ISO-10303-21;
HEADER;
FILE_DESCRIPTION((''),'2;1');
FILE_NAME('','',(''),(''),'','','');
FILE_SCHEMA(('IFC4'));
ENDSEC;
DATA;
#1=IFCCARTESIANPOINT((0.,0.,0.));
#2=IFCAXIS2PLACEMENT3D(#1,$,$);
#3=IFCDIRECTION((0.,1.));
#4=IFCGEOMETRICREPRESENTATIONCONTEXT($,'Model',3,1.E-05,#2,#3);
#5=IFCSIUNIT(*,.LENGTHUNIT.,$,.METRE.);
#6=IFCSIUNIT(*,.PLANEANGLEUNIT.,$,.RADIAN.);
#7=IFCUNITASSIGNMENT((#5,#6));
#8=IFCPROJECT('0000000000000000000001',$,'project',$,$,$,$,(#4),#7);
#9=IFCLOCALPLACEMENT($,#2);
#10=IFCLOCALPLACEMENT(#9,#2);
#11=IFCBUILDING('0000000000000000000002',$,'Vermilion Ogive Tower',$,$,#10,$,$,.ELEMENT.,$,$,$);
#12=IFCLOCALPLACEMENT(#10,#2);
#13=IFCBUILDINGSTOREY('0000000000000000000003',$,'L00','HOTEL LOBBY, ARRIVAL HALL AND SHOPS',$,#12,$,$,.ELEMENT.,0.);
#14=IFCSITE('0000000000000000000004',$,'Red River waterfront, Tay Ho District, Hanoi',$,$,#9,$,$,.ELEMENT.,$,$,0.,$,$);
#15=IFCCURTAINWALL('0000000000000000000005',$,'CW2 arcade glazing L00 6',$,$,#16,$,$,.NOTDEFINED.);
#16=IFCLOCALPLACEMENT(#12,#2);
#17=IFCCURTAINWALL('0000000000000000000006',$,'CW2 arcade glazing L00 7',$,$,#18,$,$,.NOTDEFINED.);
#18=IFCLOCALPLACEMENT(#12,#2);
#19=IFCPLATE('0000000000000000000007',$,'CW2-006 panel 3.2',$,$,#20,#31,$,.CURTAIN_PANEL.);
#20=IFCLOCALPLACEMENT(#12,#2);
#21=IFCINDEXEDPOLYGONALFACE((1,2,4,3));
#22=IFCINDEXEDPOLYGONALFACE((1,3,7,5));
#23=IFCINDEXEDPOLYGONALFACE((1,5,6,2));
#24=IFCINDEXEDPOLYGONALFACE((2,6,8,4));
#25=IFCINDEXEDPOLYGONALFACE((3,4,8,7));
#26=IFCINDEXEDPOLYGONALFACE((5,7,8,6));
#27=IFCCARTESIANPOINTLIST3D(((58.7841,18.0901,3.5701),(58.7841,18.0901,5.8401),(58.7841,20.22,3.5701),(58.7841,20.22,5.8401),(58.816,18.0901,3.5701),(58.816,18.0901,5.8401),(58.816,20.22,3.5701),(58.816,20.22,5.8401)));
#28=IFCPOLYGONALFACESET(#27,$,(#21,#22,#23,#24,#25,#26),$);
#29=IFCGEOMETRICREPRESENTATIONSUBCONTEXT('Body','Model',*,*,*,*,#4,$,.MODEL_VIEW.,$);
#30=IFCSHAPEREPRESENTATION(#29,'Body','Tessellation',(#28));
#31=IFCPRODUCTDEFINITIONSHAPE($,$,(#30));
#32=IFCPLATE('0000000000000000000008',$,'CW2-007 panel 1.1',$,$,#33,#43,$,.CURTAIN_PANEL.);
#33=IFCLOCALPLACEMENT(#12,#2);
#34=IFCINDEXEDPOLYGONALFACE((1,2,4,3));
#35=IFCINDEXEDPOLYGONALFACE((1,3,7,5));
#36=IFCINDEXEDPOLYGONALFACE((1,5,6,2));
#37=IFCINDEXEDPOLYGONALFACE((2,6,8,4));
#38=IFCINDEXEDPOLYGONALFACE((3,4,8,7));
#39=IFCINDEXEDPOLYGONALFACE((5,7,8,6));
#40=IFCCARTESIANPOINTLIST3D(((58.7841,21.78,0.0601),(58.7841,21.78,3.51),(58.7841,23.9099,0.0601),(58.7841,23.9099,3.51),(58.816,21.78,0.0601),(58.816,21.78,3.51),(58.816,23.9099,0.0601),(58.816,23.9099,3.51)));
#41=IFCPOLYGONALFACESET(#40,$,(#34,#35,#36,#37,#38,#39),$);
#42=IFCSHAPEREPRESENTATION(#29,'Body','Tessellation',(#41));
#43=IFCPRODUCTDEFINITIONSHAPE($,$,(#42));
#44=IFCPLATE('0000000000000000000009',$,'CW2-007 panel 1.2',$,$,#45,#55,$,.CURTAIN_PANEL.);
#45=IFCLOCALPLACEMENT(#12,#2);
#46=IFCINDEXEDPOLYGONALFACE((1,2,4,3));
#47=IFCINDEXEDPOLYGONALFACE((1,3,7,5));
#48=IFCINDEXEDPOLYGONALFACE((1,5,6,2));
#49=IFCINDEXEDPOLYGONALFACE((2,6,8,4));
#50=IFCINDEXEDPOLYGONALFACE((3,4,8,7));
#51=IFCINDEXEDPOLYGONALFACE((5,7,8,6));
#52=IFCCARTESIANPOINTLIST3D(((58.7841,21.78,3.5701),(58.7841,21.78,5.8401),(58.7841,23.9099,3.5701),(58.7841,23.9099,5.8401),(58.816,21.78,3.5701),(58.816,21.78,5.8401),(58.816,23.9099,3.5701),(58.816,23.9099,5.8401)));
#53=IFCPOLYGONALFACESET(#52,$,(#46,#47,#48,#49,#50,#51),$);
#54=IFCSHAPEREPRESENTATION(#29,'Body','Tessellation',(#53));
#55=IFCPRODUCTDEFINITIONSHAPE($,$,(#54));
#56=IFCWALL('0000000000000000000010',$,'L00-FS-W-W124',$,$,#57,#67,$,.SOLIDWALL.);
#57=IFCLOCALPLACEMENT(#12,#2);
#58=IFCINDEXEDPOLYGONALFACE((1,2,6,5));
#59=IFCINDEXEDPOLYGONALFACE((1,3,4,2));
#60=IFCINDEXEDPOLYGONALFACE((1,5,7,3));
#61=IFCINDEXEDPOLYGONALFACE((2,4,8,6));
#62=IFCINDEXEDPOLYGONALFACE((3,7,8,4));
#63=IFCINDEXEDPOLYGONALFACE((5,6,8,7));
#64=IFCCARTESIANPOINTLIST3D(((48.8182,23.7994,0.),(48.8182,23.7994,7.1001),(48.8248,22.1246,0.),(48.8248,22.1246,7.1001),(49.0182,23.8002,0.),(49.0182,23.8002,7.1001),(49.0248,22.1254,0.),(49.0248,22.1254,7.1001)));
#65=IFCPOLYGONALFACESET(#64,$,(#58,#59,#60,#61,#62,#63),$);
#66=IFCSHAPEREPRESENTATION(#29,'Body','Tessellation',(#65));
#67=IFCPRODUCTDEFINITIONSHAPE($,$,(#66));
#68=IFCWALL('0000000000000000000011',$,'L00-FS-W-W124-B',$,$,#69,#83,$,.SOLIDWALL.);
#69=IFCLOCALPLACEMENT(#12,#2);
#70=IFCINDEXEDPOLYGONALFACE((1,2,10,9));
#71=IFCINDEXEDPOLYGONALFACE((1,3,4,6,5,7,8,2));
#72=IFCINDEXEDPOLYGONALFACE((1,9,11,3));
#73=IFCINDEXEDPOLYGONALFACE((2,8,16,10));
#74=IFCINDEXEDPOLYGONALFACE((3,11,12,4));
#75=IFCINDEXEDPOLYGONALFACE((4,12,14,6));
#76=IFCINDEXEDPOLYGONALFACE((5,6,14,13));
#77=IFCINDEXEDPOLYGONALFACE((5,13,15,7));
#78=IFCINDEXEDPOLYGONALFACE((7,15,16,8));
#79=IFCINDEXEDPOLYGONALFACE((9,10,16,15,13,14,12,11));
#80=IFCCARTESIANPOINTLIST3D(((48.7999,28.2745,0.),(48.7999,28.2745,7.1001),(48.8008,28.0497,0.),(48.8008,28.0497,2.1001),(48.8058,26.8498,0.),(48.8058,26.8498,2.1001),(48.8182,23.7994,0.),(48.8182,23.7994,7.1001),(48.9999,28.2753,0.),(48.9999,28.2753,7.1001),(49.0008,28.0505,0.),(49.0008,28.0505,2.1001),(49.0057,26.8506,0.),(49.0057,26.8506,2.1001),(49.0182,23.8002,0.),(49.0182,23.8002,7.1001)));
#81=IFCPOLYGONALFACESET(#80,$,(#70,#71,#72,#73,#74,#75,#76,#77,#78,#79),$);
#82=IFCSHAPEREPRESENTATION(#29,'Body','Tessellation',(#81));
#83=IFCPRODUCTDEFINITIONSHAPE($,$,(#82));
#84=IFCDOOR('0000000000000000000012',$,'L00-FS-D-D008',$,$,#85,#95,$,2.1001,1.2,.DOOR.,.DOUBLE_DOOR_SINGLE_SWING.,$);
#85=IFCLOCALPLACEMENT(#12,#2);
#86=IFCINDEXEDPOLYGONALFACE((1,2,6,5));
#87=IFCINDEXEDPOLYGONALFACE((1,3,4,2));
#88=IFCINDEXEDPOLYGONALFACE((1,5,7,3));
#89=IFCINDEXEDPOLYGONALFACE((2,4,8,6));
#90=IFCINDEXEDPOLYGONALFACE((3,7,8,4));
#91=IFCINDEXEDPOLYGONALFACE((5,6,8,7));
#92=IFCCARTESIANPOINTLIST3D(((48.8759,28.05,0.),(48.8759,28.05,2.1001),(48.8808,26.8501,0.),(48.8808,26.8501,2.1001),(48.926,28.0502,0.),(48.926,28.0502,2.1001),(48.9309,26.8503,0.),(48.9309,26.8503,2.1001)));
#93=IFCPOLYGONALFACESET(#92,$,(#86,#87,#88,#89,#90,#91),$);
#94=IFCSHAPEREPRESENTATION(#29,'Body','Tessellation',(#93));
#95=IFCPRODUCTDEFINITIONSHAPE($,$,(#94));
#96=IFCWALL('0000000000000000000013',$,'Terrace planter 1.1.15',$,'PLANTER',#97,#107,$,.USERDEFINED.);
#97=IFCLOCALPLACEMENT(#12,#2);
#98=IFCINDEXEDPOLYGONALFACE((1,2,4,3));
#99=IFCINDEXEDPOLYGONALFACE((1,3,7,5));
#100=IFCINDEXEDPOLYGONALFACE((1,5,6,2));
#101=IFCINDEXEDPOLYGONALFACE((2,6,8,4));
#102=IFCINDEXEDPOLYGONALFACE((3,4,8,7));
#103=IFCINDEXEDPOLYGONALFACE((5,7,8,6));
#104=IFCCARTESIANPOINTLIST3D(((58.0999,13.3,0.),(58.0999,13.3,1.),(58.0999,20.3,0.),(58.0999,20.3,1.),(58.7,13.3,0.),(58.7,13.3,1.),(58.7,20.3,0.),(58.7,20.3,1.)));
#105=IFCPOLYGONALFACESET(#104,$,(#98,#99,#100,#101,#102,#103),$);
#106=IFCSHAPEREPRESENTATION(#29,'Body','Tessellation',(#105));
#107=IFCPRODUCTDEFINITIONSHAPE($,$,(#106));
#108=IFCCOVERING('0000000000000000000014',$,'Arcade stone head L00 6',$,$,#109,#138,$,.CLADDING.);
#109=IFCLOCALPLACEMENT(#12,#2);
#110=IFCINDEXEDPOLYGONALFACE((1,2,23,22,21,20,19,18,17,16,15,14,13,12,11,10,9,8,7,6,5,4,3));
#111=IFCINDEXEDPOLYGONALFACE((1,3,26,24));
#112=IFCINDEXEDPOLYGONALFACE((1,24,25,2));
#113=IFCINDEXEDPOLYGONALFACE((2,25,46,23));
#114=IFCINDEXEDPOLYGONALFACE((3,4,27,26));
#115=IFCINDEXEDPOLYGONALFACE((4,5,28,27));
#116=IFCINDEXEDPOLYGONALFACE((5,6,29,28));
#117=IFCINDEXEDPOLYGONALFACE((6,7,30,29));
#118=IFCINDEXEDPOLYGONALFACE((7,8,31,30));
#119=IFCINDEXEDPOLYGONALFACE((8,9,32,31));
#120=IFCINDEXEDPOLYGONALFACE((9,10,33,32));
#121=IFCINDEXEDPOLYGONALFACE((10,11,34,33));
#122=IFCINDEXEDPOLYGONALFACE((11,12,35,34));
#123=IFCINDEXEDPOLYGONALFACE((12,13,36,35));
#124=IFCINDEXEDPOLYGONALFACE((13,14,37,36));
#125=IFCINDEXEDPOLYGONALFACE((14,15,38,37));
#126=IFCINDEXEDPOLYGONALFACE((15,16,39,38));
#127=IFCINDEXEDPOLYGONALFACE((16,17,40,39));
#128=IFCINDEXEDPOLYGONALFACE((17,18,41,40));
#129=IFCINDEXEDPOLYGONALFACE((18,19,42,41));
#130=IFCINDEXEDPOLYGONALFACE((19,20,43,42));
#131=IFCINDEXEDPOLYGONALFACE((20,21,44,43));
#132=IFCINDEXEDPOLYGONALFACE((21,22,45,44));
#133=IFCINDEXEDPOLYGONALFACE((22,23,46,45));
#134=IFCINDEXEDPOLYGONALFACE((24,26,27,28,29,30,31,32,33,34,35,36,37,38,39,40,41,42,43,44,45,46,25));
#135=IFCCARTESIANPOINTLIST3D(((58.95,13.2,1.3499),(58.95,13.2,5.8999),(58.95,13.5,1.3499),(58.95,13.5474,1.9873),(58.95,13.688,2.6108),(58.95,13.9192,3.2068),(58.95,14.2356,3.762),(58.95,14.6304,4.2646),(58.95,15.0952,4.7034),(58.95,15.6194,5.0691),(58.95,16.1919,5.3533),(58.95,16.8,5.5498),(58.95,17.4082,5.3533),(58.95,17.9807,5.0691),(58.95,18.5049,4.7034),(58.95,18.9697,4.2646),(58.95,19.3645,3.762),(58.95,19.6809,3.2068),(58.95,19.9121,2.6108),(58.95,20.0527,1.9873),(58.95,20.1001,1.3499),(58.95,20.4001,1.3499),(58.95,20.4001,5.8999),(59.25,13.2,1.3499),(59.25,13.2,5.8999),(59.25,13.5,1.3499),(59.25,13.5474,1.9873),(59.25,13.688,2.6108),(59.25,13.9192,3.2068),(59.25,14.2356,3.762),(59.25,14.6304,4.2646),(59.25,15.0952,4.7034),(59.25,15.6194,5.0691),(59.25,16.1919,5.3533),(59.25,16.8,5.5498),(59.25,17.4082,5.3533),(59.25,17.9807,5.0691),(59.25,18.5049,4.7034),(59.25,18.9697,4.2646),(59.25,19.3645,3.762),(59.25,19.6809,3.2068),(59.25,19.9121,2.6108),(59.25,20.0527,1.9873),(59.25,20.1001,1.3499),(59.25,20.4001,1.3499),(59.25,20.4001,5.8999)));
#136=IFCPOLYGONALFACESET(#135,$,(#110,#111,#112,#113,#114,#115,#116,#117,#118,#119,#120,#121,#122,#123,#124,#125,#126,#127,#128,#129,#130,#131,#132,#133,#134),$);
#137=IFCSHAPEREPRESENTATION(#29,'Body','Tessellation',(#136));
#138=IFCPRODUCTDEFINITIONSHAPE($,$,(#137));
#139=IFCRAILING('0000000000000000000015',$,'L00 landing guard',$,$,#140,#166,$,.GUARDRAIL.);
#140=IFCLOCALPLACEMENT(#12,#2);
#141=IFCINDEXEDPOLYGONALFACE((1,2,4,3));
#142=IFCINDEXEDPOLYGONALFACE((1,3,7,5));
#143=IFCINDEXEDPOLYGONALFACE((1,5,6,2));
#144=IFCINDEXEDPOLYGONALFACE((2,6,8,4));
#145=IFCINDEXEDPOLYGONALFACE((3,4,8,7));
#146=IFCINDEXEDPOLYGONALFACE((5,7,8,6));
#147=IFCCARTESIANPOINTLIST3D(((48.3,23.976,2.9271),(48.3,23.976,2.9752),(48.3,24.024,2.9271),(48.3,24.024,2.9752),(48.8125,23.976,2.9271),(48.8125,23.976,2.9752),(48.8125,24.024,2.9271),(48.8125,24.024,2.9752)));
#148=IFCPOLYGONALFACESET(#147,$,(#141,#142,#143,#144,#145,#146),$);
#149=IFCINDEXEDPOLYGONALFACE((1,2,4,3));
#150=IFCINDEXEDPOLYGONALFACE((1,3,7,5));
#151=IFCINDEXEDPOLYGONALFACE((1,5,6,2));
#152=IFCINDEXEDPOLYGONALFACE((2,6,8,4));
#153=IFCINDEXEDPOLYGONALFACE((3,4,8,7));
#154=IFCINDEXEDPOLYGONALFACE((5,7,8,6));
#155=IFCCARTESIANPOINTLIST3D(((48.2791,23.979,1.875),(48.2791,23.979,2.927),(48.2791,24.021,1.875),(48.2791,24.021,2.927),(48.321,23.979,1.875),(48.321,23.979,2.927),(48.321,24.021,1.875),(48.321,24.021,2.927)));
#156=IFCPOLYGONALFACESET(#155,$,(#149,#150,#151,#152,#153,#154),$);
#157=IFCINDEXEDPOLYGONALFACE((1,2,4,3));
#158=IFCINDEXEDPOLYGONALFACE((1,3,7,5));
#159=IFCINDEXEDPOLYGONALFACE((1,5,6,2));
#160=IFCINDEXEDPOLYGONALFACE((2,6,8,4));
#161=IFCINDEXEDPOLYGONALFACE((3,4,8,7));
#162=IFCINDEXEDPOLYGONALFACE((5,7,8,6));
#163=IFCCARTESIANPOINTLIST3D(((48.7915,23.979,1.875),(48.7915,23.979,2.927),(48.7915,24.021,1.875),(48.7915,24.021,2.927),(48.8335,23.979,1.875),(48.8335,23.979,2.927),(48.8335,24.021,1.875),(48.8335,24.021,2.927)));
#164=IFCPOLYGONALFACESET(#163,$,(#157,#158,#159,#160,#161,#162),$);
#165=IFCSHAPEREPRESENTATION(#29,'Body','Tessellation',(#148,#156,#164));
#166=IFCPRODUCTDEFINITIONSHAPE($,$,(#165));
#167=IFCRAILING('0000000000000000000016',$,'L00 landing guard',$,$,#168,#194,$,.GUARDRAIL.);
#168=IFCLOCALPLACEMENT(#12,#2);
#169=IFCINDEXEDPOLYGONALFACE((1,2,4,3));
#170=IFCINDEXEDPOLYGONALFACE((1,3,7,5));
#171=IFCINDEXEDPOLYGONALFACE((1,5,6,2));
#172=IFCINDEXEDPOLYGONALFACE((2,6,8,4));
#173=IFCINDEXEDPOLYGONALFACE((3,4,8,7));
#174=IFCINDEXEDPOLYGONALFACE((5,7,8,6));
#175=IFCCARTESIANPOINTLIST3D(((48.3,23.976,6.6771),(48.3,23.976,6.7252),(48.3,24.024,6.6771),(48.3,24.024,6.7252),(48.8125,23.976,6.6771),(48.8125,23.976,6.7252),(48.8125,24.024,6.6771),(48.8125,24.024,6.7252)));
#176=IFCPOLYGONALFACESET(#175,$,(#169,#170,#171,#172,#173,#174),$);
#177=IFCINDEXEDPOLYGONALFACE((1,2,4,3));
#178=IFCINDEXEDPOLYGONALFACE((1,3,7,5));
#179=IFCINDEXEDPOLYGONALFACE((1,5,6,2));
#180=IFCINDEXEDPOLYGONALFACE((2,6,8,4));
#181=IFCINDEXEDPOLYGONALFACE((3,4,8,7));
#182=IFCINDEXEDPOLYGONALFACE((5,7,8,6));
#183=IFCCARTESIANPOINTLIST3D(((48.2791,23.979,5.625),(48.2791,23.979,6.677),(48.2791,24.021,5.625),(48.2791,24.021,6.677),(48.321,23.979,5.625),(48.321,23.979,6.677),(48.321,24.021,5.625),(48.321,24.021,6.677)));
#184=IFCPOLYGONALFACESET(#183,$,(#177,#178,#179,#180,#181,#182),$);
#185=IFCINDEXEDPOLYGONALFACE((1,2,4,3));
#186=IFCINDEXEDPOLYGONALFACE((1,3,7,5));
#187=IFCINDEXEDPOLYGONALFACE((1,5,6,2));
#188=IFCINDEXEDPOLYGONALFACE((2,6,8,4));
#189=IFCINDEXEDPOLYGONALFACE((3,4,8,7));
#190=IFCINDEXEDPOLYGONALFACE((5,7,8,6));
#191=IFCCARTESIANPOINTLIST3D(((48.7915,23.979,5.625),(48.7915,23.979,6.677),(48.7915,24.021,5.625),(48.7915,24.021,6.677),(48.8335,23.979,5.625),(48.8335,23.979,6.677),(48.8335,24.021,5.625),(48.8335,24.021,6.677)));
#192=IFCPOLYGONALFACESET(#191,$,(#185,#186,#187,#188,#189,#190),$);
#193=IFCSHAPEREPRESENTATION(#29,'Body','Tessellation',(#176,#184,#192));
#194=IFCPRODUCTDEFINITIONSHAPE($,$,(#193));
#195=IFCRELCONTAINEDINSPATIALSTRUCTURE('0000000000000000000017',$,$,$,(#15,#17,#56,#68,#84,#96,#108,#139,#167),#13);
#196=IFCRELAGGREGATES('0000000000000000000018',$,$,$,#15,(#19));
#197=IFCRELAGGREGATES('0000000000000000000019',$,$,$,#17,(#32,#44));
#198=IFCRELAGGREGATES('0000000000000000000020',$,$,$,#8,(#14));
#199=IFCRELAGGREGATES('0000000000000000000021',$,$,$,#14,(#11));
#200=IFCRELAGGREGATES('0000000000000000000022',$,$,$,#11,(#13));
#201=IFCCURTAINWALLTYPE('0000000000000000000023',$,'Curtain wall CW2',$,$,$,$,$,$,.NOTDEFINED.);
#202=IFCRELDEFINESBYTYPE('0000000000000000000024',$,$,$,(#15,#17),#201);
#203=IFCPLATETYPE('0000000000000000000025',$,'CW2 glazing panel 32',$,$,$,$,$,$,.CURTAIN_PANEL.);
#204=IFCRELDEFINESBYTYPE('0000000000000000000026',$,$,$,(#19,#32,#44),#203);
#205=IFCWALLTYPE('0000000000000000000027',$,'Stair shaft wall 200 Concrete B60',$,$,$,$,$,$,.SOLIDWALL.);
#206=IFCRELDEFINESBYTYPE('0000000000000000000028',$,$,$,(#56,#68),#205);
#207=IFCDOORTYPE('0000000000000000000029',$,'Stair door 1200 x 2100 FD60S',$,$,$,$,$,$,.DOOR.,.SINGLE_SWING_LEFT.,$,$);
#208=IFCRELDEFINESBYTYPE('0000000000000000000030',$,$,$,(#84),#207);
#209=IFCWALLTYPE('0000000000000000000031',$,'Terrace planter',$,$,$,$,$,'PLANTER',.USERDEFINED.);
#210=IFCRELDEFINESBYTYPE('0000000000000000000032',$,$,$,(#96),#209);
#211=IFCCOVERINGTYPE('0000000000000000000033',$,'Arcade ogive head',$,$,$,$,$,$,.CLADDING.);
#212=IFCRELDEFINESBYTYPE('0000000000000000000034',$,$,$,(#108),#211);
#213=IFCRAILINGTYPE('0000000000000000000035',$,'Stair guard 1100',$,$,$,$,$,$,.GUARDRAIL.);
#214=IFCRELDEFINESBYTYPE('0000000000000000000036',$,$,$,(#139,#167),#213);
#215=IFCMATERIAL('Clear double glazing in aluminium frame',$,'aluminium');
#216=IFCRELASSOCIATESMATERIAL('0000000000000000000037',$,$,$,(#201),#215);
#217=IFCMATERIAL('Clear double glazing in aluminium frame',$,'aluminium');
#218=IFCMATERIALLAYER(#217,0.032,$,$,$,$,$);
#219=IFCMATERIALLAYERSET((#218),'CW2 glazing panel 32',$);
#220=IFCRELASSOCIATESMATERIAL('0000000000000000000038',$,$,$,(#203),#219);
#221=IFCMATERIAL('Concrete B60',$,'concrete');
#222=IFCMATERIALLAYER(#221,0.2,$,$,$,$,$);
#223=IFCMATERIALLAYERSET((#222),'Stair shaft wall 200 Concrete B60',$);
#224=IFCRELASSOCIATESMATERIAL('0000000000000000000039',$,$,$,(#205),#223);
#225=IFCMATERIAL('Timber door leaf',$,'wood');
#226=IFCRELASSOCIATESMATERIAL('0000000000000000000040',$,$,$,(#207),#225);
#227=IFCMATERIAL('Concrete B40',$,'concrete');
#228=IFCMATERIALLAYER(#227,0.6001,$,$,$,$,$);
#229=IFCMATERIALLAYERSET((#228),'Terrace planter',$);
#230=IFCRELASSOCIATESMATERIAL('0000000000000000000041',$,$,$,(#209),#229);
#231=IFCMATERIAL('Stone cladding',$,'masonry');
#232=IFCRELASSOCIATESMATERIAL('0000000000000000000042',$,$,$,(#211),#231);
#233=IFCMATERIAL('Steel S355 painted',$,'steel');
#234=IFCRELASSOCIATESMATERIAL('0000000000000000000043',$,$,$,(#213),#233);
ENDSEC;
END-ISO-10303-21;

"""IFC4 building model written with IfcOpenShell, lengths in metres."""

from ifc_helpers import new_model, si_unit, direction, frame, frame_2d, origin, origin_2d, place, context, subcontext, project, spatial, polyline, rectangle, outline, extrude, material, layer, layer_set, type_object, element, fill, aggregate, save


model = new_model("IFC4")

# Units and contexts
model_context = context("Model", 3, precision=1e-05, world=origin(), true_north=direction((0.0, 1.0)))
body_context = subcontext(model_context, "Body", "Model", "MODEL_VIEW")
ifc_project = project(units=[si_unit("LENGTHUNIT", "METRE"), si_unit("PLANEANGLEUNIT", "RADIAN")], contexts=[model_context])

# Site, building, storey
site_placement = place(None, origin())
site = spatial("IfcSite", under=ifc_project, at=site_placement, Name="Red River waterfront, Tay Ho District, Hanoi", CompositionType="ELEMENT", RefElevation=0.0)
building_placement = place(site_placement, origin())
building = spatial("IfcBuilding", under=site, at=building_placement, Name="Vermilion Ogive Tower", CompositionType="ELEMENT")
storey_placement = place(building_placement, origin())
storey = spatial("IfcBuildingStorey", under=building, at=storey_placement, Name="L00", Description="HOTEL LOBBY, ARRIVAL HALL AND SHOPS", CompositionType="ELEMENT", Elevation=0.0)

# Curtain walls
ifc_material_1 = material(Name="Clear double glazing in aluminium frame", Category="aluminium")
curtain_wall_type = type_object("IfcCurtainWallType", Name="Curtain wall CW2", PredefinedType="NOTDEFINED", material=ifc_material_1)
curtain_wall_1_placement = place(storey_placement, origin())
curtain_wall_1 = element("IfcCurtainWall", 1, at=curtain_wall_1_placement, inside=storey, type_object=curtain_wall_type, Name="CW2 arcade glazing L00 6", PredefinedType="NOTDEFINED")
curtain_wall_2_placement = place(storey_placement, origin())
curtain_wall_2 = element("IfcCurtainWall", 2, at=curtain_wall_2_placement, inside=storey, type_object=curtain_wall_type, Name="CW2 arcade glazing L00 7", PredefinedType="NOTDEFINED")

# Plates
ifc_material_2 = material(Name="Clear double glazing in aluminium frame", Category="aluminium")
ifc_layer_1 = layer(ifc_material_2, 0.032)
ifc_layer_set_1 = layer_set([ifc_layer_1], Name="CW2 glazing panel 32")
plate_type = type_object("IfcPlateType", Name="CW2 glazing panel 32", PredefinedType="CURTAIN_PANEL", material=ifc_layer_set_1)
plate_1_placement = place(storey_placement, frame((58.8, 19.155, 3.5701), z_axis=(0.0, 0.0, 1.0), x_axis=(0.0, 1.0, 0.0)))
plate_1 = element("IfcPlate", 3, at=plate_1_placement, type_object=plate_type, Name="CW2-006 panel 3.2", PredefinedType="CURTAIN_PANEL", context=body_context, shape_type="SweptSolid", body=[
    extrude(rectangle(XDim=2.1299, YDim=0.032, at=origin_2d()), origin(), (0.0, 0.0, 1.0), 2.27),
])
aggregate(curtain_wall_1, [plate_1])
plate_2_placement = place(storey_placement, frame((58.8, 22.845, 0.0601), z_axis=(0.0, 0.0, 1.0), x_axis=(0.0, 1.0, 0.0)))
plate_2 = element("IfcPlate", 4, at=plate_2_placement, type_object=plate_type, Name="CW2-007 panel 1.1", PredefinedType="CURTAIN_PANEL", context=body_context, shape_type="SweptSolid", body=[
    extrude(rectangle(XDim=2.1299, YDim=0.032, at=origin_2d()), origin(), (0.0, 0.0, 1.0), 3.45),
])
plate_3_placement = place(storey_placement, frame((58.8, 22.845, 3.5701), z_axis=(0.0, 0.0, 1.0), x_axis=(0.0, 1.0, 0.0)))
plate_3 = element("IfcPlate", 5, at=plate_3_placement, type_object=plate_type, Name="CW2-007 panel 1.2", PredefinedType="CURTAIN_PANEL", context=body_context, shape_type="SweptSolid", body=[
    extrude(rectangle(XDim=2.1299, YDim=0.032, at=origin_2d()), origin(), (0.0, 0.0, 1.0), 2.27),
])
aggregate(curtain_wall_2, [plate_2, plate_3])

# Wall
ifc_material_3 = material(Name="Concrete B60", Category="concrete")
ifc_layer_2 = layer(ifc_material_3, 0.2)
ifc_layer_set_2 = layer_set([ifc_layer_2], Name="Stair shaft wall 200 Concrete B60")
wall_type_1 = type_object("IfcWallType", Name="Stair shaft wall 200 Concrete B60", PredefinedType="SOLIDWALL", material=ifc_layer_set_2)
wall_1_placement = place(storey_placement, frame((48.9248, 22.125, 0.0), z_axis=(0.0, 0.0, 1.0), x_axis=(-0.003936, 0.999992, 0.0)))
element("IfcWall", 6, at=wall_1_placement, inside=storey, type_object=wall_type_1, Name="L00-FS-W-W124", PredefinedType="SOLIDWALL", context=body_context, shape_type="SweptSolid", body=[
    extrude(rectangle(XDim=1.6748, YDim=0.2, at=frame_2d((0.8374, 0.0))), origin(), (0.0, 0.0, 1.0), 7.1001),
])

# Wall, opening, door
wall_2_placement = place(storey_placement, frame((48.9182, 23.7998, 0.0), z_axis=(0.0, 0.0, 1.0), x_axis=(-0.004092, 0.999992, 0.0)))
wall_2 = element("IfcWall", 7, at=wall_2_placement, inside=storey, type_object=wall_type_1, Name="L00-FS-W-W124-B", PredefinedType="SOLIDWALL", context=body_context, shape_type="SweptSolid", body=[
    extrude(rectangle(XDim=4.4751, YDim=0.2, at=frame_2d((2.2375, 0.0))), origin(), (0.0, 0.0, 1.0), 7.1001),
])
opening_placement = place(wall_2_placement, frame((3.0503, 0.0, 0.0)))
opening = element("IfcOpeningElement", 8, at=opening_placement, cuts=wall_2, PredefinedType="OPENING", context=body_context, shape_type="SweptSolid", body=[
    extrude(rectangle(XDim=1.2, YDim=2.1001, at=frame_2d((0.6001, 1.05))), frame((0.0, 0.1099, 0.0), z_axis=(0.0, -1.0, 0.0), x_axis=(1.0, 0.0, 0.0)), (0.0, 0.0, 1.0), 0.22),
])
ifc_material_4 = material(Name="Timber door leaf", Category="wood")
door_type = type_object("IfcDoorType", Name="Stair door 1200 x 2100 FD60S", OperationType="SINGLE_SWING_LEFT", PredefinedType="DOOR", material=ifc_material_4)
door_placement = place(opening_placement, origin())
door = element("IfcDoor", 9, at=door_placement, inside=storey, type_object=door_type, Name="L00-FS-D-D008", OperationType="DOUBLE_DOOR_SINGLE_SWING", OverallHeight=2.1001, OverallWidth=1.2, PredefinedType="DOOR", context=body_context, shape_type="SweptSolid", body=[
    extrude(rectangle(XDim=1.2, YDim=2.1001, at=frame_2d((0.6001, 1.05))), frame((0.0, 0.0249, 0.0), z_axis=(0.0, -1.0, 0.0), x_axis=(1.0, 0.0, 0.0)), (0.0, 0.0, 1.0), 0.05),
])
fill(opening, door)

# Wall
ifc_material_5 = material(Name="Concrete B40", Category="concrete")
ifc_layer_3 = layer(ifc_material_5, 0.6001)
ifc_layer_set_3 = layer_set([ifc_layer_3], Name="Terrace planter")
wall_type_2 = type_object("IfcWallType", Name="Terrace planter", ElementType="PLANTER", PredefinedType="USERDEFINED", material=ifc_layer_set_3)
wall_3_placement = place(storey_placement, frame((58.3999, 20.3, 0.0), z_axis=(0.0, 0.0, 1.0), x_axis=(0.0, -1.0, 0.0)))
element("IfcWall", 10, at=wall_3_placement, inside=storey, type_object=wall_type_2, Name="Terrace planter 1.1.15", ObjectType="PLANTER", PredefinedType="USERDEFINED", context=body_context, shape_type="SweptSolid", body=[
    extrude(rectangle(XDim=7.0, YDim=0.6001, at=frame_2d((3.5, 0.0))), origin(), (0.0, 0.0, 1.0), 1.0),
])

# Covering
ifc_material_6 = material(Name="Stone cladding", Category="masonry")
covering_type = type_object("IfcCoveringType", Name="Arcade ogive head", PredefinedType="CLADDING", material=ifc_material_6)
covering_placement = place(storey_placement, frame((58.95, 16.8, 5.8999), z_axis=(1.0, 0.0, 0.0), x_axis=(0.0, 1.0, 0.0)))
element("IfcCovering", 11, at=covering_placement, inside=storey, type_object=covering_type, Name="Arcade stone head L00 6", PredefinedType="CLADDING", context=body_context, shape_type="SweptSolid", body=[
    extrude(outline(polyline([(-3.3, -4.55), (-3.2527, -3.9126), (-3.1121, -3.2891), (-2.8809, -2.6931), (-2.5645, -2.1379), (-2.1697, -1.6353), (-1.7048, -1.1965), (-1.1807, -0.8308), (-0.6082, -0.5466), (0.0, -0.3501), (0.6082, -0.5466), (1.1807, -0.8308), (1.7048, -1.1965), (2.1697, -1.6353), (2.5645, -2.1379), (2.8809, -2.6931), (3.1121, -3.2891), (3.2527, -3.9126), (3.3, -4.55), (3.6001, -4.55), (3.6001, 0.0), (-3.6001, 0.0), (-3.6001, -4.55), (-3.3, -4.55)])), origin(), (0.0, 0.0, 1.0), 0.3),
])

# Railings
ifc_material_7 = material(Name="Steel S355 painted", Category="steel")
railing_type = type_object("IfcRailingType", Name="Stair guard 1100", PredefinedType="GUARDRAIL", material=ifc_material_7)
for number, where, name in (
    (12, (48.3, 24.0, 1.875), "L00 landing guard"),
    (13, (48.3, 24.0, 5.625), "L00 landing guard"),
):
    element("IfcRailing", number, at=place(storey_placement, frame(where)), inside=storey, type_object=railing_type, Name=name, PredefinedType="GUARDRAIL", context=body_context, shape_type="SweptSolid", body=[
        extrude(rectangle(XDim=0.0481, YDim=0.0481, at=origin_2d()), frame((0.0, 0.0, 1.0762), z_axis=(1.0, 0.0, 0.0), x_axis=(0.0, 1.0, 0.0)), (0.0, 0.0, 1.0), 0.5125),
        extrude(rectangle(XDim=0.042, YDim=0.042, at=origin_2d()), origin(), (0.0, 0.0, 1.0), 1.052),
        extrude(rectangle(XDim=0.042, YDim=0.042, at=origin_2d()), frame((0.5125, 0.0, 0.0)), (0.0, 0.0, 1.0), 1.052),
    ])

save(model, "model.ifc")
